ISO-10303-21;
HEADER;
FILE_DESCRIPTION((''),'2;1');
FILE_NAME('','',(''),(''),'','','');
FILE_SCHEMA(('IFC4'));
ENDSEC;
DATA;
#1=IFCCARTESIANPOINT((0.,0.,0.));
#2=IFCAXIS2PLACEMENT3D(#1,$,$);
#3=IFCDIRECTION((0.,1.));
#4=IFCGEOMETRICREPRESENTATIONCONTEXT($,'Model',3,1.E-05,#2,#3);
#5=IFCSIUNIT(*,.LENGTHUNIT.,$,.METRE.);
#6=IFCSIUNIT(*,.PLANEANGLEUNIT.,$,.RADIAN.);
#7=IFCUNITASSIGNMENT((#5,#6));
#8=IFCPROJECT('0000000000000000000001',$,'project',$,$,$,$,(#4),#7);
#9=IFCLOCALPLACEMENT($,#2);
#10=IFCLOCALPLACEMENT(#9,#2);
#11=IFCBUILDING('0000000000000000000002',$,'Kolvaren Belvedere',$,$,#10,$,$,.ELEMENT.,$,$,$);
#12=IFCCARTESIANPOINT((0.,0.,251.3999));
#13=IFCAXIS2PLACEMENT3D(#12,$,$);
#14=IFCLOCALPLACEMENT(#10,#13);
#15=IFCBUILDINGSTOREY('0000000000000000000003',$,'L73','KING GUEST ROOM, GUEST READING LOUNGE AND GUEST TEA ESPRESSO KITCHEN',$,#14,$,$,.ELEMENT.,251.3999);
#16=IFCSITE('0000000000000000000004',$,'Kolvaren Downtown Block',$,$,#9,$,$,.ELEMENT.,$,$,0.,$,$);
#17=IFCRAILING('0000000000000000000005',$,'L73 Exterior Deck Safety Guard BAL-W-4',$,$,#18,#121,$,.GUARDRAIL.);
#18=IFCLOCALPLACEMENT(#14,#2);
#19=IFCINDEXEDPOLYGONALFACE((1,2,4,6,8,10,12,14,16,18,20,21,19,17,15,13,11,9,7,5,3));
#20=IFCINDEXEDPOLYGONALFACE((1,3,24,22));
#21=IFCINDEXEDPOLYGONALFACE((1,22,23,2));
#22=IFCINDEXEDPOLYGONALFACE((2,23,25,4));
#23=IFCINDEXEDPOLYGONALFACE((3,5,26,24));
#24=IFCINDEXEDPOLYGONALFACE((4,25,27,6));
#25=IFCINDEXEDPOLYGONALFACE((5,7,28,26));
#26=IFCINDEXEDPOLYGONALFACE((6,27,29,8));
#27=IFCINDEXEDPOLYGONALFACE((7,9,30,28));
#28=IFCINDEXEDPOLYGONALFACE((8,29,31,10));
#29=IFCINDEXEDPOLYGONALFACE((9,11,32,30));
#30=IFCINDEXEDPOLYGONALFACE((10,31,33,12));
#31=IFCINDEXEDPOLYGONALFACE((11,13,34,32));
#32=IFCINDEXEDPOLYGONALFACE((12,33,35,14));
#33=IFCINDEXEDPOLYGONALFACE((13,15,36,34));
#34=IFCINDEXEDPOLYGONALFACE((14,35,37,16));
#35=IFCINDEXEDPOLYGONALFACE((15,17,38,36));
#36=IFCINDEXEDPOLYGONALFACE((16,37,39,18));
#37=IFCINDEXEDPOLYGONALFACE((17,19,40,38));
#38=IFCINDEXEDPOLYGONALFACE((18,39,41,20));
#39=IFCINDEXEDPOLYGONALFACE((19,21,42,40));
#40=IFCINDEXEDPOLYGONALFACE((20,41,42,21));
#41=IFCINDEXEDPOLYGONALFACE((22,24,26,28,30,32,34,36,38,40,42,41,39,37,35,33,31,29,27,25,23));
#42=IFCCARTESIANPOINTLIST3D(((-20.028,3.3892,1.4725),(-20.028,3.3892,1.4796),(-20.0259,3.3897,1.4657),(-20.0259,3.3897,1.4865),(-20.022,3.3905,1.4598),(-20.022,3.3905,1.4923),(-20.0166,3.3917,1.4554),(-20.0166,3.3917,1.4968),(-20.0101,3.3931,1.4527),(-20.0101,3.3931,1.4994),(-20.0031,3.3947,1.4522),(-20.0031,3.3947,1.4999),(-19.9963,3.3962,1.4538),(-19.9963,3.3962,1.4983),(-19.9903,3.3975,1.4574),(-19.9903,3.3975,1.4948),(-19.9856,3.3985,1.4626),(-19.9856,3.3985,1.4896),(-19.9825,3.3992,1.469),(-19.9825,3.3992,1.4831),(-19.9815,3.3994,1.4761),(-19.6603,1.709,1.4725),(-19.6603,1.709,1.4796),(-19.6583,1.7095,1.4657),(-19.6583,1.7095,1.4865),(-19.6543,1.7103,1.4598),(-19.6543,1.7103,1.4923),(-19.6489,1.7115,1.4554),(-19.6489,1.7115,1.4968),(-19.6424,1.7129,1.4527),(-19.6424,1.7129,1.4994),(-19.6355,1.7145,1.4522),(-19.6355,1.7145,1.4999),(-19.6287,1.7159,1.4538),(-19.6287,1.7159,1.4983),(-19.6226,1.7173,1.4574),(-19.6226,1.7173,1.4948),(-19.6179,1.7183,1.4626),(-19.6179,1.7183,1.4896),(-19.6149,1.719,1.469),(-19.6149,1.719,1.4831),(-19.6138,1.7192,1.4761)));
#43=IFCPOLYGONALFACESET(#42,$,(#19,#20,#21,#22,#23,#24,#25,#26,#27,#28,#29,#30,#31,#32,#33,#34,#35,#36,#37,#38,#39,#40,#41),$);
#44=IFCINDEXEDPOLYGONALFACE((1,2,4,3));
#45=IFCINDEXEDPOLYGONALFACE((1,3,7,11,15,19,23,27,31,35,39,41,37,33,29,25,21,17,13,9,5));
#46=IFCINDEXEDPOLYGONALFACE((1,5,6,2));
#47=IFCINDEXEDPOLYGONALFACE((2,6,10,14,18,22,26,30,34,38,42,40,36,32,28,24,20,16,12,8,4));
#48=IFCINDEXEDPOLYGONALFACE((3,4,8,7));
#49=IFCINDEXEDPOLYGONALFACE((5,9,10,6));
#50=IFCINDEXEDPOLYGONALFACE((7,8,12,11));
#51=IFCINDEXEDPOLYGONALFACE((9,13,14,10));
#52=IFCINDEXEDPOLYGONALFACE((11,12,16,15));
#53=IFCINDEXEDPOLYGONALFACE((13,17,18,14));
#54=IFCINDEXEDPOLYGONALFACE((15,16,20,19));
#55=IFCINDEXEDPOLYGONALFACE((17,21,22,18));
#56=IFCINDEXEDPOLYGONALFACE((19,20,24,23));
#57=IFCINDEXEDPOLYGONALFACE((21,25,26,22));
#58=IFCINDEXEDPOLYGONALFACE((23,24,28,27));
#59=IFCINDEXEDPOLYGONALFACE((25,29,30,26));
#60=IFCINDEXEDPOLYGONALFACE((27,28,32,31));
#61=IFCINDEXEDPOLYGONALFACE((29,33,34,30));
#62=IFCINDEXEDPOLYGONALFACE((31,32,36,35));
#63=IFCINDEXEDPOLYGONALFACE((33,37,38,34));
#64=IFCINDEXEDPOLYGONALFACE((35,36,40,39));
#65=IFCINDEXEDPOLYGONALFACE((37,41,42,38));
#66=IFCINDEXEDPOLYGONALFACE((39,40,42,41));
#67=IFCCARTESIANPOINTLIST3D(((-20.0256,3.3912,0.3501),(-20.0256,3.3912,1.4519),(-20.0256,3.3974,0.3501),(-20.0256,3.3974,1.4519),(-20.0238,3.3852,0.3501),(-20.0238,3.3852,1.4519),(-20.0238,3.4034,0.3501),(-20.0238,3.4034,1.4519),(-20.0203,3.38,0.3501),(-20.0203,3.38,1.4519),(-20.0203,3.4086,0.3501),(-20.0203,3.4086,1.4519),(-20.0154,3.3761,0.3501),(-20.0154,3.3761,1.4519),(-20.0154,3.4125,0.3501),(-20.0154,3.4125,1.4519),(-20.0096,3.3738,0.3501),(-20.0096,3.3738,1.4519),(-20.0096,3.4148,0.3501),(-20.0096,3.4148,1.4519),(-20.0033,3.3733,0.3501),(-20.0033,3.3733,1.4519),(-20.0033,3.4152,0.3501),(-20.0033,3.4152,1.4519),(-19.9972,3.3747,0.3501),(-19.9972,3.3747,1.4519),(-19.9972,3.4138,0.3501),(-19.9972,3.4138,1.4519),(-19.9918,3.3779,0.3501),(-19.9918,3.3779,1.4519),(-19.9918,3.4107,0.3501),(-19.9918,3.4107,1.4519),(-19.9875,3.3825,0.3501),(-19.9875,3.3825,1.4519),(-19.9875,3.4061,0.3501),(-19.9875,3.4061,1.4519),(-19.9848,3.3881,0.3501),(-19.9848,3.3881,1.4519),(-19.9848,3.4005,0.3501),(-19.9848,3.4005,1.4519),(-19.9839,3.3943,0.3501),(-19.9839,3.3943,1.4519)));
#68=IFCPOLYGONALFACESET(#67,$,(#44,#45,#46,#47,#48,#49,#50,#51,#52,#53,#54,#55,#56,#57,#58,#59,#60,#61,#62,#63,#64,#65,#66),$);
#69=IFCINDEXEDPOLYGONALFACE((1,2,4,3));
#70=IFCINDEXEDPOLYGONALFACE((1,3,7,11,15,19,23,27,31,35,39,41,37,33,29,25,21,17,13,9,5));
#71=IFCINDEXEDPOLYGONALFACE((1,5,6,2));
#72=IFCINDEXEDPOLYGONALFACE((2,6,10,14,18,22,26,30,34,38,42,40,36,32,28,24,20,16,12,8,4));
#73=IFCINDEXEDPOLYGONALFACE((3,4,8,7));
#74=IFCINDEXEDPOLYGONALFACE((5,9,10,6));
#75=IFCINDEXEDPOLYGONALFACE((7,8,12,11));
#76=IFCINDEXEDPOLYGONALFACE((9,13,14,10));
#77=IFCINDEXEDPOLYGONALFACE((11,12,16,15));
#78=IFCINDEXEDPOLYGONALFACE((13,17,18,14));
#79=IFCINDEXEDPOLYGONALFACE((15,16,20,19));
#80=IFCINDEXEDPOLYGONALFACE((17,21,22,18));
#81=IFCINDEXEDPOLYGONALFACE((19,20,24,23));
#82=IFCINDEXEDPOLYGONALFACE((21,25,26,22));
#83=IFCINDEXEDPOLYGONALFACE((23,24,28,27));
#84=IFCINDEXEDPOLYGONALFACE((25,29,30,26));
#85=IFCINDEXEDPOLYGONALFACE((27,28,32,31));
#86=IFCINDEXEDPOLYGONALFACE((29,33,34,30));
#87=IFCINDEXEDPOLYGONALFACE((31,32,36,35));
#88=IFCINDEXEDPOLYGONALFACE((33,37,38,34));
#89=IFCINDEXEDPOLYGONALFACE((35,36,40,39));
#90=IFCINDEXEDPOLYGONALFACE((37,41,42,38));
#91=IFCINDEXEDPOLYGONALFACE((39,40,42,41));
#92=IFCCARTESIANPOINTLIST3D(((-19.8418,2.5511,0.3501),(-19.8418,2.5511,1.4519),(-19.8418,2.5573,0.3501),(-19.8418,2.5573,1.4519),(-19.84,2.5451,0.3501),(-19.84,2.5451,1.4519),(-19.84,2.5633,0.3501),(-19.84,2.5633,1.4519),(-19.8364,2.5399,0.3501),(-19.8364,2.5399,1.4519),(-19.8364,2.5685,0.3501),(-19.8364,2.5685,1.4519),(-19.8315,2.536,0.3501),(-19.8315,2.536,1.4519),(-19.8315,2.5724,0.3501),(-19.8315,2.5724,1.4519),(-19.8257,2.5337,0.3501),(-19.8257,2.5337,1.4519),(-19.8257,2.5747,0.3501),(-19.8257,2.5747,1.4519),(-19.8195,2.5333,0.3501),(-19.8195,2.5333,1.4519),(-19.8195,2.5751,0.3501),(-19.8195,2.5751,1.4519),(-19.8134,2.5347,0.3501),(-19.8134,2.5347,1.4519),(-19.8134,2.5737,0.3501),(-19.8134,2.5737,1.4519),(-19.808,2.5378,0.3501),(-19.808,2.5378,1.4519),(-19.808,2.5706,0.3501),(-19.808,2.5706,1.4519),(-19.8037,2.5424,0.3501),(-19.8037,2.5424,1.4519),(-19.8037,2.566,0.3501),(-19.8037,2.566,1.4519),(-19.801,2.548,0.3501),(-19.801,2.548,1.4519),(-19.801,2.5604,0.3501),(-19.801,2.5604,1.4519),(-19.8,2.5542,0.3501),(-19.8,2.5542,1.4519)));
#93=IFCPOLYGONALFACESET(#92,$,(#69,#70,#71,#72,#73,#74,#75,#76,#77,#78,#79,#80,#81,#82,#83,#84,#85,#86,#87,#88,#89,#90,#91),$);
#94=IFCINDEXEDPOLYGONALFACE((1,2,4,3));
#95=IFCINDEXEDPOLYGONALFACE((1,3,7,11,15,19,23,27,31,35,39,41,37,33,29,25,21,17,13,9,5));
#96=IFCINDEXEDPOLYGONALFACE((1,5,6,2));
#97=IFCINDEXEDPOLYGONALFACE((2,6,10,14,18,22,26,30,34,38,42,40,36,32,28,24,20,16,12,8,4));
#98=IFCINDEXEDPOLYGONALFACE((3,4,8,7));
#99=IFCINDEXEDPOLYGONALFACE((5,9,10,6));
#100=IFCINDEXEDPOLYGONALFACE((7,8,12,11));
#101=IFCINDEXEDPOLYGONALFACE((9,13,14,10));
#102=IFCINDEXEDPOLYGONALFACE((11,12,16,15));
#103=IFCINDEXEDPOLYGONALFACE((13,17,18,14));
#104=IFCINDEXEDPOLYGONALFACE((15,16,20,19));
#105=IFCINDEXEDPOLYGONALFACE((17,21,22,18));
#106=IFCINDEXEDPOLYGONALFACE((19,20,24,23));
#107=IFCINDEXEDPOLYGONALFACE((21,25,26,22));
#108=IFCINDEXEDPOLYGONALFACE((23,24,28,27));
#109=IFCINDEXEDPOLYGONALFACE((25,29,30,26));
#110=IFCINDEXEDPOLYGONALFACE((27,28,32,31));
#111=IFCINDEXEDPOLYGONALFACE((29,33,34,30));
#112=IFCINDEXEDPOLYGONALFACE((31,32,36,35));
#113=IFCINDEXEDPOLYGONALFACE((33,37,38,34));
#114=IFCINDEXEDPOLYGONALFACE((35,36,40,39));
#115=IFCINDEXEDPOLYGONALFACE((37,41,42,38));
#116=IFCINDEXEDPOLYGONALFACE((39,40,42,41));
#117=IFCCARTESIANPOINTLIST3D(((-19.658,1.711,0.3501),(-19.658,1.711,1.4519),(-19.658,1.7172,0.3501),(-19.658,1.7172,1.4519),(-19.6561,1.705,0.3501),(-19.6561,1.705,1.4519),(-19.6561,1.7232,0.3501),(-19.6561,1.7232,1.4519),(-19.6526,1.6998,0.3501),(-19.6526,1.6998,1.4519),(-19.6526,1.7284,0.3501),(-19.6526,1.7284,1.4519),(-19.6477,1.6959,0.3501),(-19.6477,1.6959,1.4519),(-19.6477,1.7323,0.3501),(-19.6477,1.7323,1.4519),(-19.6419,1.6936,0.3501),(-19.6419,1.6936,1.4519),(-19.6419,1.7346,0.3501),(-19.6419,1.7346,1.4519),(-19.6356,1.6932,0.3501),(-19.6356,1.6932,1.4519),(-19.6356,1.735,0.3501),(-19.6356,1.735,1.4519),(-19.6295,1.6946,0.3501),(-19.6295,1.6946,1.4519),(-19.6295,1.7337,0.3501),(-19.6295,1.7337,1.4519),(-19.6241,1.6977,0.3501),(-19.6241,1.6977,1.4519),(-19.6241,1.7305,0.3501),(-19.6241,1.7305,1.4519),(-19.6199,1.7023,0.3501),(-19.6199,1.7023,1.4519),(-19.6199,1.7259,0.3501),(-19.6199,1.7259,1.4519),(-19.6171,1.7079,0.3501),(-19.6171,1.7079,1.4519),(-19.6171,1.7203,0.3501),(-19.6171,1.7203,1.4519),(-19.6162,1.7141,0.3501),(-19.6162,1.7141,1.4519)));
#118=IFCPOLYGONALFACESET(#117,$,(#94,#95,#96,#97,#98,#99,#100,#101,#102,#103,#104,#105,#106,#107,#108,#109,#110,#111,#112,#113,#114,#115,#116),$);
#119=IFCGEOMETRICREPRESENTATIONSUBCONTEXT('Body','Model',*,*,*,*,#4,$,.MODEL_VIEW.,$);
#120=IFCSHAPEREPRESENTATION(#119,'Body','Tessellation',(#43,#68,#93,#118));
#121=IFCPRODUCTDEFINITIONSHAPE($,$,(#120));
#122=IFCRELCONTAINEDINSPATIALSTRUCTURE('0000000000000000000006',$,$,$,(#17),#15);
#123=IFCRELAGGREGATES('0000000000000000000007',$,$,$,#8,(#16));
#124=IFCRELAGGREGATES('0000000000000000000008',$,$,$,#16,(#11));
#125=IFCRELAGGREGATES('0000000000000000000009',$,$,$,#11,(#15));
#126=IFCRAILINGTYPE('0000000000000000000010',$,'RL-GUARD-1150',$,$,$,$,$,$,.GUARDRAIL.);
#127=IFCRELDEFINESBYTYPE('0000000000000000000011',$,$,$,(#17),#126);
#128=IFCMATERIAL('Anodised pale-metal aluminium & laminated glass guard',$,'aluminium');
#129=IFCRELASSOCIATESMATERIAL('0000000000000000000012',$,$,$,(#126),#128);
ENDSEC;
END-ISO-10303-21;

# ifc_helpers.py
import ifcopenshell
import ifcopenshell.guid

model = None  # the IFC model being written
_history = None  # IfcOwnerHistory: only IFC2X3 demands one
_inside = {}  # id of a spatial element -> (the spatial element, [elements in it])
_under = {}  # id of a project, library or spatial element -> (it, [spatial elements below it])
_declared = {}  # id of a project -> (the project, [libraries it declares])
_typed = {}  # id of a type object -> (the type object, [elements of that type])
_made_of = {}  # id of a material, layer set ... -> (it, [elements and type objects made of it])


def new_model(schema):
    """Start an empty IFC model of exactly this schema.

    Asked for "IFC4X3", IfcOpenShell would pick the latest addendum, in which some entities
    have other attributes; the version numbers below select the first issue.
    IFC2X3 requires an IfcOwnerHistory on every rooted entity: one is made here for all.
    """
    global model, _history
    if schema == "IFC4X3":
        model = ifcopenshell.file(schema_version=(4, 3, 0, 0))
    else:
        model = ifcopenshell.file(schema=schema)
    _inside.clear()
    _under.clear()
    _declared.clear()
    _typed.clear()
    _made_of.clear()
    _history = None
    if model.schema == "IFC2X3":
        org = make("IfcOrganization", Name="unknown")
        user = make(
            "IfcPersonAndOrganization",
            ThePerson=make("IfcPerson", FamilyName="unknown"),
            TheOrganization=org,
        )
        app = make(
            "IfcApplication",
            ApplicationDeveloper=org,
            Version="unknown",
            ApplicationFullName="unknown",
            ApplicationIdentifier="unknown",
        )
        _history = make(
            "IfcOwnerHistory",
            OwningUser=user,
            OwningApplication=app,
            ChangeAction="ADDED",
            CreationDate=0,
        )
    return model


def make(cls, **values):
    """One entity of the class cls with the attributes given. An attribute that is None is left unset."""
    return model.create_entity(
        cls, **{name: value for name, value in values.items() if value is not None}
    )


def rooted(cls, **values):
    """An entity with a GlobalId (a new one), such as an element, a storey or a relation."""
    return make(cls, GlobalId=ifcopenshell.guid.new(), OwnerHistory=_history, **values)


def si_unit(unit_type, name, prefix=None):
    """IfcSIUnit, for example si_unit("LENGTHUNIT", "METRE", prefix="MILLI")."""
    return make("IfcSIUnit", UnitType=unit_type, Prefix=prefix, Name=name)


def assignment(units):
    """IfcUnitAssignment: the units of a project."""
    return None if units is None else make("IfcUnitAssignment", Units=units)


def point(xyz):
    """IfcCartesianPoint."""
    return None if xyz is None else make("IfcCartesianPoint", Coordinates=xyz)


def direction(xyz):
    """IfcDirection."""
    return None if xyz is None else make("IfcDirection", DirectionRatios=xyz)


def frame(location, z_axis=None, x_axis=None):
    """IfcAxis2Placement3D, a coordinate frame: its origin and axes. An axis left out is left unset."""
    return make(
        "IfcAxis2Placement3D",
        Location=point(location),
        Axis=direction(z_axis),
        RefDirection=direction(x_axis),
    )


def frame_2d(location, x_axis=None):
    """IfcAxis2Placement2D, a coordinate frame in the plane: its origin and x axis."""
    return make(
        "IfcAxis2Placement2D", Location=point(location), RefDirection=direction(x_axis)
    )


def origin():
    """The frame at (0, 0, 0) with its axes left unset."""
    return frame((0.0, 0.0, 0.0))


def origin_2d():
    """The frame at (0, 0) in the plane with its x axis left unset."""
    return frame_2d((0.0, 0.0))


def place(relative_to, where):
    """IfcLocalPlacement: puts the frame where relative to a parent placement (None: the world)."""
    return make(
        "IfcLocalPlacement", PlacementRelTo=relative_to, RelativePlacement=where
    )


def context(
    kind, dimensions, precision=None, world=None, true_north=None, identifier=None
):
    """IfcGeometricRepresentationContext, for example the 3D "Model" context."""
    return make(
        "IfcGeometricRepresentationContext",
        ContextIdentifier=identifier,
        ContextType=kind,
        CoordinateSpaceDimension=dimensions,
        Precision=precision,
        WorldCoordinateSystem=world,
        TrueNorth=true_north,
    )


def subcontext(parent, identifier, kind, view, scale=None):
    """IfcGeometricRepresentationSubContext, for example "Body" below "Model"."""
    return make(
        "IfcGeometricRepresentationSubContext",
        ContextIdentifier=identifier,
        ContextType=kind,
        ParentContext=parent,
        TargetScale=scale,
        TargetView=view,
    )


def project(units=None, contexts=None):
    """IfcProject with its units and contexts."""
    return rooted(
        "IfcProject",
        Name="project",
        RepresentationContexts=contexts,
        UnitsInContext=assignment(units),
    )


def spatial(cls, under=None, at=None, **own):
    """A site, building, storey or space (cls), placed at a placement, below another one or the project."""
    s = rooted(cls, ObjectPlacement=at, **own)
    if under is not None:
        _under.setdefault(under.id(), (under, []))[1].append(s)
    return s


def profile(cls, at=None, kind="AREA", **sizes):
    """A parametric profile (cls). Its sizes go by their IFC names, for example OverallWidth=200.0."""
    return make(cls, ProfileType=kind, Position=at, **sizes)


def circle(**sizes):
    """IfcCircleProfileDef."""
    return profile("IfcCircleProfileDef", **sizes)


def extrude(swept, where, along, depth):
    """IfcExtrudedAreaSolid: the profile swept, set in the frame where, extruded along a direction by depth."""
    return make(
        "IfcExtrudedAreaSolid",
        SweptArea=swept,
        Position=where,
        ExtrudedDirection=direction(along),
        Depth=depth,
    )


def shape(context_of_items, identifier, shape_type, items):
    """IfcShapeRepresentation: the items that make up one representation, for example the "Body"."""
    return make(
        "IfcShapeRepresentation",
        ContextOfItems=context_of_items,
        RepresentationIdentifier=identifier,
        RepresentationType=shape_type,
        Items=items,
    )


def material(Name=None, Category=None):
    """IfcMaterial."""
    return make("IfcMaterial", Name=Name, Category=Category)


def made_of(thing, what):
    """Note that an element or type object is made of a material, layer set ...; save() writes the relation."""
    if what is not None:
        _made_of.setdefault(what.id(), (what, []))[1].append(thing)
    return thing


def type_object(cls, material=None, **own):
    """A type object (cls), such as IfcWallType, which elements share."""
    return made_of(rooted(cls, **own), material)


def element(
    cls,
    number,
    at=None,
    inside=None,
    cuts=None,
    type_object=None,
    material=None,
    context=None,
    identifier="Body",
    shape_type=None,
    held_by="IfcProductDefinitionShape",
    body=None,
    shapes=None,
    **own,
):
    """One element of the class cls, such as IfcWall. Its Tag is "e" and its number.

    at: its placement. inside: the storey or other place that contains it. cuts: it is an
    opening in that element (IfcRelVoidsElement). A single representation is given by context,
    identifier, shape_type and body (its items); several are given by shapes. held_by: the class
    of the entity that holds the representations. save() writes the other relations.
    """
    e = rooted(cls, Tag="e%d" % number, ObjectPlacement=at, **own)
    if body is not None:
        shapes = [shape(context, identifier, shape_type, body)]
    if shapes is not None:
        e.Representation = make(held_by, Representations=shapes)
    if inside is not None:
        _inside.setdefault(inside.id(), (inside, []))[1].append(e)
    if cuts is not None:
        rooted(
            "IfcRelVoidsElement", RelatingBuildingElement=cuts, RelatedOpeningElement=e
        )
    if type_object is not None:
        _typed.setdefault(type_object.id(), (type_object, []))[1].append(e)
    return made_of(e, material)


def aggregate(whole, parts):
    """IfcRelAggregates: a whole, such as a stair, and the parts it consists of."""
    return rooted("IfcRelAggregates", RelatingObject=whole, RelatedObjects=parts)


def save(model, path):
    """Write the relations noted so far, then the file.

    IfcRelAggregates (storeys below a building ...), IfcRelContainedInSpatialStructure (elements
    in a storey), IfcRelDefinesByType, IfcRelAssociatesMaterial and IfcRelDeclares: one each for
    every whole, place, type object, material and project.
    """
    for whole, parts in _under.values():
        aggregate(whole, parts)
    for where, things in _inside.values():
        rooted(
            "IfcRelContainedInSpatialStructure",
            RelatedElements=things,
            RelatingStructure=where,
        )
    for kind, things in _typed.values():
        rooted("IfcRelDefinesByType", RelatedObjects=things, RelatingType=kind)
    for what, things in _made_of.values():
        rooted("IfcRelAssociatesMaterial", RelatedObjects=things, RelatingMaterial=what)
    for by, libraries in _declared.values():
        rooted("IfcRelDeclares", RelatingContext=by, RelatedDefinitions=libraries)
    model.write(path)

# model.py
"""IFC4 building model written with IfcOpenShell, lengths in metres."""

from ifc_helpers import new_model, si_unit, direction, frame, origin, origin_2d, place, context, subcontext, project, spatial, circle, extrude, material, type_object, element, save


model = new_model("IFC4")

# Units and contexts
model_context = context("Model", 3, precision=1e-05, world=origin(), true_north=direction((0.0, 1.0)))
body_context = subcontext(model_context, "Body", "Model", "MODEL_VIEW")
ifc_project = project(units=[si_unit("LENGTHUNIT", "METRE"), si_unit("PLANEANGLEUNIT", "RADIAN")], contexts=[model_context])

# Site, building, storey
site_placement = place(None, origin())
site = spatial("IfcSite", under=ifc_project, at=site_placement, Name="Kolvaren Downtown Block", CompositionType="ELEMENT", RefElevation=0.0)
building_placement = place(site_placement, origin())
building = spatial("IfcBuilding", under=site, at=building_placement, Name="Kolvaren Belvedere", CompositionType="ELEMENT")
storey_placement = place(building_placement, frame((0.0, 0.0, 251.3999)))
storey = spatial("IfcBuildingStorey", under=building, at=storey_placement, Name="L73", Description="KING GUEST ROOM, GUEST READING LOUNGE AND GUEST TEA ESPRESSO KITCHEN", CompositionType="ELEMENT", Elevation=251.3999)

# Railing
ifc_material_1 = material(Name="Anodised pale-metal aluminium & laminated glass guard", Category="aluminium")
railing_type = type_object("IfcRailingType", Name="RL-GUARD-1150", PredefinedType="GUARDRAIL", material=ifc_material_1)
railing_1_placement = place(storey_placement, frame((-20.0049, 3.3943, 0.3501)))
element("IfcRailing", 1, at=railing_1_placement, inside=storey, type_object=railing_type, Name="L73 Exterior Deck Safety Guard BAL-W-4", PredefinedType="GUARDRAIL", context=body_context, shape_type="SweptSolid", body=[
    extrude(circle(Radius=0.0239, at=origin_2d()), frame((0.0, 0.0, 1.126), z_axis=(0.213773, -0.976883, 0.0), x_axis=(0.976883, 0.213773, 0.0)), (0.0, 0.0, 1.0), 1.72),
    extrude(circle(Radius=0.021, at=origin_2d()), origin(), (0.0, 0.0, 1.0), 1.1018),
    extrude(circle(Radius=0.021, at=origin_2d()), frame((0.1838, -0.8401, 0.0)), (0.0, 0.0, 1.0), 1.1018),
    extrude(circle(Radius=0.021, at=origin_2d()), frame((0.3677, -1.6802, 0.0)), (0.0, 0.0, 1.0), 1.1018),
])

save(model, "model.ifc")
